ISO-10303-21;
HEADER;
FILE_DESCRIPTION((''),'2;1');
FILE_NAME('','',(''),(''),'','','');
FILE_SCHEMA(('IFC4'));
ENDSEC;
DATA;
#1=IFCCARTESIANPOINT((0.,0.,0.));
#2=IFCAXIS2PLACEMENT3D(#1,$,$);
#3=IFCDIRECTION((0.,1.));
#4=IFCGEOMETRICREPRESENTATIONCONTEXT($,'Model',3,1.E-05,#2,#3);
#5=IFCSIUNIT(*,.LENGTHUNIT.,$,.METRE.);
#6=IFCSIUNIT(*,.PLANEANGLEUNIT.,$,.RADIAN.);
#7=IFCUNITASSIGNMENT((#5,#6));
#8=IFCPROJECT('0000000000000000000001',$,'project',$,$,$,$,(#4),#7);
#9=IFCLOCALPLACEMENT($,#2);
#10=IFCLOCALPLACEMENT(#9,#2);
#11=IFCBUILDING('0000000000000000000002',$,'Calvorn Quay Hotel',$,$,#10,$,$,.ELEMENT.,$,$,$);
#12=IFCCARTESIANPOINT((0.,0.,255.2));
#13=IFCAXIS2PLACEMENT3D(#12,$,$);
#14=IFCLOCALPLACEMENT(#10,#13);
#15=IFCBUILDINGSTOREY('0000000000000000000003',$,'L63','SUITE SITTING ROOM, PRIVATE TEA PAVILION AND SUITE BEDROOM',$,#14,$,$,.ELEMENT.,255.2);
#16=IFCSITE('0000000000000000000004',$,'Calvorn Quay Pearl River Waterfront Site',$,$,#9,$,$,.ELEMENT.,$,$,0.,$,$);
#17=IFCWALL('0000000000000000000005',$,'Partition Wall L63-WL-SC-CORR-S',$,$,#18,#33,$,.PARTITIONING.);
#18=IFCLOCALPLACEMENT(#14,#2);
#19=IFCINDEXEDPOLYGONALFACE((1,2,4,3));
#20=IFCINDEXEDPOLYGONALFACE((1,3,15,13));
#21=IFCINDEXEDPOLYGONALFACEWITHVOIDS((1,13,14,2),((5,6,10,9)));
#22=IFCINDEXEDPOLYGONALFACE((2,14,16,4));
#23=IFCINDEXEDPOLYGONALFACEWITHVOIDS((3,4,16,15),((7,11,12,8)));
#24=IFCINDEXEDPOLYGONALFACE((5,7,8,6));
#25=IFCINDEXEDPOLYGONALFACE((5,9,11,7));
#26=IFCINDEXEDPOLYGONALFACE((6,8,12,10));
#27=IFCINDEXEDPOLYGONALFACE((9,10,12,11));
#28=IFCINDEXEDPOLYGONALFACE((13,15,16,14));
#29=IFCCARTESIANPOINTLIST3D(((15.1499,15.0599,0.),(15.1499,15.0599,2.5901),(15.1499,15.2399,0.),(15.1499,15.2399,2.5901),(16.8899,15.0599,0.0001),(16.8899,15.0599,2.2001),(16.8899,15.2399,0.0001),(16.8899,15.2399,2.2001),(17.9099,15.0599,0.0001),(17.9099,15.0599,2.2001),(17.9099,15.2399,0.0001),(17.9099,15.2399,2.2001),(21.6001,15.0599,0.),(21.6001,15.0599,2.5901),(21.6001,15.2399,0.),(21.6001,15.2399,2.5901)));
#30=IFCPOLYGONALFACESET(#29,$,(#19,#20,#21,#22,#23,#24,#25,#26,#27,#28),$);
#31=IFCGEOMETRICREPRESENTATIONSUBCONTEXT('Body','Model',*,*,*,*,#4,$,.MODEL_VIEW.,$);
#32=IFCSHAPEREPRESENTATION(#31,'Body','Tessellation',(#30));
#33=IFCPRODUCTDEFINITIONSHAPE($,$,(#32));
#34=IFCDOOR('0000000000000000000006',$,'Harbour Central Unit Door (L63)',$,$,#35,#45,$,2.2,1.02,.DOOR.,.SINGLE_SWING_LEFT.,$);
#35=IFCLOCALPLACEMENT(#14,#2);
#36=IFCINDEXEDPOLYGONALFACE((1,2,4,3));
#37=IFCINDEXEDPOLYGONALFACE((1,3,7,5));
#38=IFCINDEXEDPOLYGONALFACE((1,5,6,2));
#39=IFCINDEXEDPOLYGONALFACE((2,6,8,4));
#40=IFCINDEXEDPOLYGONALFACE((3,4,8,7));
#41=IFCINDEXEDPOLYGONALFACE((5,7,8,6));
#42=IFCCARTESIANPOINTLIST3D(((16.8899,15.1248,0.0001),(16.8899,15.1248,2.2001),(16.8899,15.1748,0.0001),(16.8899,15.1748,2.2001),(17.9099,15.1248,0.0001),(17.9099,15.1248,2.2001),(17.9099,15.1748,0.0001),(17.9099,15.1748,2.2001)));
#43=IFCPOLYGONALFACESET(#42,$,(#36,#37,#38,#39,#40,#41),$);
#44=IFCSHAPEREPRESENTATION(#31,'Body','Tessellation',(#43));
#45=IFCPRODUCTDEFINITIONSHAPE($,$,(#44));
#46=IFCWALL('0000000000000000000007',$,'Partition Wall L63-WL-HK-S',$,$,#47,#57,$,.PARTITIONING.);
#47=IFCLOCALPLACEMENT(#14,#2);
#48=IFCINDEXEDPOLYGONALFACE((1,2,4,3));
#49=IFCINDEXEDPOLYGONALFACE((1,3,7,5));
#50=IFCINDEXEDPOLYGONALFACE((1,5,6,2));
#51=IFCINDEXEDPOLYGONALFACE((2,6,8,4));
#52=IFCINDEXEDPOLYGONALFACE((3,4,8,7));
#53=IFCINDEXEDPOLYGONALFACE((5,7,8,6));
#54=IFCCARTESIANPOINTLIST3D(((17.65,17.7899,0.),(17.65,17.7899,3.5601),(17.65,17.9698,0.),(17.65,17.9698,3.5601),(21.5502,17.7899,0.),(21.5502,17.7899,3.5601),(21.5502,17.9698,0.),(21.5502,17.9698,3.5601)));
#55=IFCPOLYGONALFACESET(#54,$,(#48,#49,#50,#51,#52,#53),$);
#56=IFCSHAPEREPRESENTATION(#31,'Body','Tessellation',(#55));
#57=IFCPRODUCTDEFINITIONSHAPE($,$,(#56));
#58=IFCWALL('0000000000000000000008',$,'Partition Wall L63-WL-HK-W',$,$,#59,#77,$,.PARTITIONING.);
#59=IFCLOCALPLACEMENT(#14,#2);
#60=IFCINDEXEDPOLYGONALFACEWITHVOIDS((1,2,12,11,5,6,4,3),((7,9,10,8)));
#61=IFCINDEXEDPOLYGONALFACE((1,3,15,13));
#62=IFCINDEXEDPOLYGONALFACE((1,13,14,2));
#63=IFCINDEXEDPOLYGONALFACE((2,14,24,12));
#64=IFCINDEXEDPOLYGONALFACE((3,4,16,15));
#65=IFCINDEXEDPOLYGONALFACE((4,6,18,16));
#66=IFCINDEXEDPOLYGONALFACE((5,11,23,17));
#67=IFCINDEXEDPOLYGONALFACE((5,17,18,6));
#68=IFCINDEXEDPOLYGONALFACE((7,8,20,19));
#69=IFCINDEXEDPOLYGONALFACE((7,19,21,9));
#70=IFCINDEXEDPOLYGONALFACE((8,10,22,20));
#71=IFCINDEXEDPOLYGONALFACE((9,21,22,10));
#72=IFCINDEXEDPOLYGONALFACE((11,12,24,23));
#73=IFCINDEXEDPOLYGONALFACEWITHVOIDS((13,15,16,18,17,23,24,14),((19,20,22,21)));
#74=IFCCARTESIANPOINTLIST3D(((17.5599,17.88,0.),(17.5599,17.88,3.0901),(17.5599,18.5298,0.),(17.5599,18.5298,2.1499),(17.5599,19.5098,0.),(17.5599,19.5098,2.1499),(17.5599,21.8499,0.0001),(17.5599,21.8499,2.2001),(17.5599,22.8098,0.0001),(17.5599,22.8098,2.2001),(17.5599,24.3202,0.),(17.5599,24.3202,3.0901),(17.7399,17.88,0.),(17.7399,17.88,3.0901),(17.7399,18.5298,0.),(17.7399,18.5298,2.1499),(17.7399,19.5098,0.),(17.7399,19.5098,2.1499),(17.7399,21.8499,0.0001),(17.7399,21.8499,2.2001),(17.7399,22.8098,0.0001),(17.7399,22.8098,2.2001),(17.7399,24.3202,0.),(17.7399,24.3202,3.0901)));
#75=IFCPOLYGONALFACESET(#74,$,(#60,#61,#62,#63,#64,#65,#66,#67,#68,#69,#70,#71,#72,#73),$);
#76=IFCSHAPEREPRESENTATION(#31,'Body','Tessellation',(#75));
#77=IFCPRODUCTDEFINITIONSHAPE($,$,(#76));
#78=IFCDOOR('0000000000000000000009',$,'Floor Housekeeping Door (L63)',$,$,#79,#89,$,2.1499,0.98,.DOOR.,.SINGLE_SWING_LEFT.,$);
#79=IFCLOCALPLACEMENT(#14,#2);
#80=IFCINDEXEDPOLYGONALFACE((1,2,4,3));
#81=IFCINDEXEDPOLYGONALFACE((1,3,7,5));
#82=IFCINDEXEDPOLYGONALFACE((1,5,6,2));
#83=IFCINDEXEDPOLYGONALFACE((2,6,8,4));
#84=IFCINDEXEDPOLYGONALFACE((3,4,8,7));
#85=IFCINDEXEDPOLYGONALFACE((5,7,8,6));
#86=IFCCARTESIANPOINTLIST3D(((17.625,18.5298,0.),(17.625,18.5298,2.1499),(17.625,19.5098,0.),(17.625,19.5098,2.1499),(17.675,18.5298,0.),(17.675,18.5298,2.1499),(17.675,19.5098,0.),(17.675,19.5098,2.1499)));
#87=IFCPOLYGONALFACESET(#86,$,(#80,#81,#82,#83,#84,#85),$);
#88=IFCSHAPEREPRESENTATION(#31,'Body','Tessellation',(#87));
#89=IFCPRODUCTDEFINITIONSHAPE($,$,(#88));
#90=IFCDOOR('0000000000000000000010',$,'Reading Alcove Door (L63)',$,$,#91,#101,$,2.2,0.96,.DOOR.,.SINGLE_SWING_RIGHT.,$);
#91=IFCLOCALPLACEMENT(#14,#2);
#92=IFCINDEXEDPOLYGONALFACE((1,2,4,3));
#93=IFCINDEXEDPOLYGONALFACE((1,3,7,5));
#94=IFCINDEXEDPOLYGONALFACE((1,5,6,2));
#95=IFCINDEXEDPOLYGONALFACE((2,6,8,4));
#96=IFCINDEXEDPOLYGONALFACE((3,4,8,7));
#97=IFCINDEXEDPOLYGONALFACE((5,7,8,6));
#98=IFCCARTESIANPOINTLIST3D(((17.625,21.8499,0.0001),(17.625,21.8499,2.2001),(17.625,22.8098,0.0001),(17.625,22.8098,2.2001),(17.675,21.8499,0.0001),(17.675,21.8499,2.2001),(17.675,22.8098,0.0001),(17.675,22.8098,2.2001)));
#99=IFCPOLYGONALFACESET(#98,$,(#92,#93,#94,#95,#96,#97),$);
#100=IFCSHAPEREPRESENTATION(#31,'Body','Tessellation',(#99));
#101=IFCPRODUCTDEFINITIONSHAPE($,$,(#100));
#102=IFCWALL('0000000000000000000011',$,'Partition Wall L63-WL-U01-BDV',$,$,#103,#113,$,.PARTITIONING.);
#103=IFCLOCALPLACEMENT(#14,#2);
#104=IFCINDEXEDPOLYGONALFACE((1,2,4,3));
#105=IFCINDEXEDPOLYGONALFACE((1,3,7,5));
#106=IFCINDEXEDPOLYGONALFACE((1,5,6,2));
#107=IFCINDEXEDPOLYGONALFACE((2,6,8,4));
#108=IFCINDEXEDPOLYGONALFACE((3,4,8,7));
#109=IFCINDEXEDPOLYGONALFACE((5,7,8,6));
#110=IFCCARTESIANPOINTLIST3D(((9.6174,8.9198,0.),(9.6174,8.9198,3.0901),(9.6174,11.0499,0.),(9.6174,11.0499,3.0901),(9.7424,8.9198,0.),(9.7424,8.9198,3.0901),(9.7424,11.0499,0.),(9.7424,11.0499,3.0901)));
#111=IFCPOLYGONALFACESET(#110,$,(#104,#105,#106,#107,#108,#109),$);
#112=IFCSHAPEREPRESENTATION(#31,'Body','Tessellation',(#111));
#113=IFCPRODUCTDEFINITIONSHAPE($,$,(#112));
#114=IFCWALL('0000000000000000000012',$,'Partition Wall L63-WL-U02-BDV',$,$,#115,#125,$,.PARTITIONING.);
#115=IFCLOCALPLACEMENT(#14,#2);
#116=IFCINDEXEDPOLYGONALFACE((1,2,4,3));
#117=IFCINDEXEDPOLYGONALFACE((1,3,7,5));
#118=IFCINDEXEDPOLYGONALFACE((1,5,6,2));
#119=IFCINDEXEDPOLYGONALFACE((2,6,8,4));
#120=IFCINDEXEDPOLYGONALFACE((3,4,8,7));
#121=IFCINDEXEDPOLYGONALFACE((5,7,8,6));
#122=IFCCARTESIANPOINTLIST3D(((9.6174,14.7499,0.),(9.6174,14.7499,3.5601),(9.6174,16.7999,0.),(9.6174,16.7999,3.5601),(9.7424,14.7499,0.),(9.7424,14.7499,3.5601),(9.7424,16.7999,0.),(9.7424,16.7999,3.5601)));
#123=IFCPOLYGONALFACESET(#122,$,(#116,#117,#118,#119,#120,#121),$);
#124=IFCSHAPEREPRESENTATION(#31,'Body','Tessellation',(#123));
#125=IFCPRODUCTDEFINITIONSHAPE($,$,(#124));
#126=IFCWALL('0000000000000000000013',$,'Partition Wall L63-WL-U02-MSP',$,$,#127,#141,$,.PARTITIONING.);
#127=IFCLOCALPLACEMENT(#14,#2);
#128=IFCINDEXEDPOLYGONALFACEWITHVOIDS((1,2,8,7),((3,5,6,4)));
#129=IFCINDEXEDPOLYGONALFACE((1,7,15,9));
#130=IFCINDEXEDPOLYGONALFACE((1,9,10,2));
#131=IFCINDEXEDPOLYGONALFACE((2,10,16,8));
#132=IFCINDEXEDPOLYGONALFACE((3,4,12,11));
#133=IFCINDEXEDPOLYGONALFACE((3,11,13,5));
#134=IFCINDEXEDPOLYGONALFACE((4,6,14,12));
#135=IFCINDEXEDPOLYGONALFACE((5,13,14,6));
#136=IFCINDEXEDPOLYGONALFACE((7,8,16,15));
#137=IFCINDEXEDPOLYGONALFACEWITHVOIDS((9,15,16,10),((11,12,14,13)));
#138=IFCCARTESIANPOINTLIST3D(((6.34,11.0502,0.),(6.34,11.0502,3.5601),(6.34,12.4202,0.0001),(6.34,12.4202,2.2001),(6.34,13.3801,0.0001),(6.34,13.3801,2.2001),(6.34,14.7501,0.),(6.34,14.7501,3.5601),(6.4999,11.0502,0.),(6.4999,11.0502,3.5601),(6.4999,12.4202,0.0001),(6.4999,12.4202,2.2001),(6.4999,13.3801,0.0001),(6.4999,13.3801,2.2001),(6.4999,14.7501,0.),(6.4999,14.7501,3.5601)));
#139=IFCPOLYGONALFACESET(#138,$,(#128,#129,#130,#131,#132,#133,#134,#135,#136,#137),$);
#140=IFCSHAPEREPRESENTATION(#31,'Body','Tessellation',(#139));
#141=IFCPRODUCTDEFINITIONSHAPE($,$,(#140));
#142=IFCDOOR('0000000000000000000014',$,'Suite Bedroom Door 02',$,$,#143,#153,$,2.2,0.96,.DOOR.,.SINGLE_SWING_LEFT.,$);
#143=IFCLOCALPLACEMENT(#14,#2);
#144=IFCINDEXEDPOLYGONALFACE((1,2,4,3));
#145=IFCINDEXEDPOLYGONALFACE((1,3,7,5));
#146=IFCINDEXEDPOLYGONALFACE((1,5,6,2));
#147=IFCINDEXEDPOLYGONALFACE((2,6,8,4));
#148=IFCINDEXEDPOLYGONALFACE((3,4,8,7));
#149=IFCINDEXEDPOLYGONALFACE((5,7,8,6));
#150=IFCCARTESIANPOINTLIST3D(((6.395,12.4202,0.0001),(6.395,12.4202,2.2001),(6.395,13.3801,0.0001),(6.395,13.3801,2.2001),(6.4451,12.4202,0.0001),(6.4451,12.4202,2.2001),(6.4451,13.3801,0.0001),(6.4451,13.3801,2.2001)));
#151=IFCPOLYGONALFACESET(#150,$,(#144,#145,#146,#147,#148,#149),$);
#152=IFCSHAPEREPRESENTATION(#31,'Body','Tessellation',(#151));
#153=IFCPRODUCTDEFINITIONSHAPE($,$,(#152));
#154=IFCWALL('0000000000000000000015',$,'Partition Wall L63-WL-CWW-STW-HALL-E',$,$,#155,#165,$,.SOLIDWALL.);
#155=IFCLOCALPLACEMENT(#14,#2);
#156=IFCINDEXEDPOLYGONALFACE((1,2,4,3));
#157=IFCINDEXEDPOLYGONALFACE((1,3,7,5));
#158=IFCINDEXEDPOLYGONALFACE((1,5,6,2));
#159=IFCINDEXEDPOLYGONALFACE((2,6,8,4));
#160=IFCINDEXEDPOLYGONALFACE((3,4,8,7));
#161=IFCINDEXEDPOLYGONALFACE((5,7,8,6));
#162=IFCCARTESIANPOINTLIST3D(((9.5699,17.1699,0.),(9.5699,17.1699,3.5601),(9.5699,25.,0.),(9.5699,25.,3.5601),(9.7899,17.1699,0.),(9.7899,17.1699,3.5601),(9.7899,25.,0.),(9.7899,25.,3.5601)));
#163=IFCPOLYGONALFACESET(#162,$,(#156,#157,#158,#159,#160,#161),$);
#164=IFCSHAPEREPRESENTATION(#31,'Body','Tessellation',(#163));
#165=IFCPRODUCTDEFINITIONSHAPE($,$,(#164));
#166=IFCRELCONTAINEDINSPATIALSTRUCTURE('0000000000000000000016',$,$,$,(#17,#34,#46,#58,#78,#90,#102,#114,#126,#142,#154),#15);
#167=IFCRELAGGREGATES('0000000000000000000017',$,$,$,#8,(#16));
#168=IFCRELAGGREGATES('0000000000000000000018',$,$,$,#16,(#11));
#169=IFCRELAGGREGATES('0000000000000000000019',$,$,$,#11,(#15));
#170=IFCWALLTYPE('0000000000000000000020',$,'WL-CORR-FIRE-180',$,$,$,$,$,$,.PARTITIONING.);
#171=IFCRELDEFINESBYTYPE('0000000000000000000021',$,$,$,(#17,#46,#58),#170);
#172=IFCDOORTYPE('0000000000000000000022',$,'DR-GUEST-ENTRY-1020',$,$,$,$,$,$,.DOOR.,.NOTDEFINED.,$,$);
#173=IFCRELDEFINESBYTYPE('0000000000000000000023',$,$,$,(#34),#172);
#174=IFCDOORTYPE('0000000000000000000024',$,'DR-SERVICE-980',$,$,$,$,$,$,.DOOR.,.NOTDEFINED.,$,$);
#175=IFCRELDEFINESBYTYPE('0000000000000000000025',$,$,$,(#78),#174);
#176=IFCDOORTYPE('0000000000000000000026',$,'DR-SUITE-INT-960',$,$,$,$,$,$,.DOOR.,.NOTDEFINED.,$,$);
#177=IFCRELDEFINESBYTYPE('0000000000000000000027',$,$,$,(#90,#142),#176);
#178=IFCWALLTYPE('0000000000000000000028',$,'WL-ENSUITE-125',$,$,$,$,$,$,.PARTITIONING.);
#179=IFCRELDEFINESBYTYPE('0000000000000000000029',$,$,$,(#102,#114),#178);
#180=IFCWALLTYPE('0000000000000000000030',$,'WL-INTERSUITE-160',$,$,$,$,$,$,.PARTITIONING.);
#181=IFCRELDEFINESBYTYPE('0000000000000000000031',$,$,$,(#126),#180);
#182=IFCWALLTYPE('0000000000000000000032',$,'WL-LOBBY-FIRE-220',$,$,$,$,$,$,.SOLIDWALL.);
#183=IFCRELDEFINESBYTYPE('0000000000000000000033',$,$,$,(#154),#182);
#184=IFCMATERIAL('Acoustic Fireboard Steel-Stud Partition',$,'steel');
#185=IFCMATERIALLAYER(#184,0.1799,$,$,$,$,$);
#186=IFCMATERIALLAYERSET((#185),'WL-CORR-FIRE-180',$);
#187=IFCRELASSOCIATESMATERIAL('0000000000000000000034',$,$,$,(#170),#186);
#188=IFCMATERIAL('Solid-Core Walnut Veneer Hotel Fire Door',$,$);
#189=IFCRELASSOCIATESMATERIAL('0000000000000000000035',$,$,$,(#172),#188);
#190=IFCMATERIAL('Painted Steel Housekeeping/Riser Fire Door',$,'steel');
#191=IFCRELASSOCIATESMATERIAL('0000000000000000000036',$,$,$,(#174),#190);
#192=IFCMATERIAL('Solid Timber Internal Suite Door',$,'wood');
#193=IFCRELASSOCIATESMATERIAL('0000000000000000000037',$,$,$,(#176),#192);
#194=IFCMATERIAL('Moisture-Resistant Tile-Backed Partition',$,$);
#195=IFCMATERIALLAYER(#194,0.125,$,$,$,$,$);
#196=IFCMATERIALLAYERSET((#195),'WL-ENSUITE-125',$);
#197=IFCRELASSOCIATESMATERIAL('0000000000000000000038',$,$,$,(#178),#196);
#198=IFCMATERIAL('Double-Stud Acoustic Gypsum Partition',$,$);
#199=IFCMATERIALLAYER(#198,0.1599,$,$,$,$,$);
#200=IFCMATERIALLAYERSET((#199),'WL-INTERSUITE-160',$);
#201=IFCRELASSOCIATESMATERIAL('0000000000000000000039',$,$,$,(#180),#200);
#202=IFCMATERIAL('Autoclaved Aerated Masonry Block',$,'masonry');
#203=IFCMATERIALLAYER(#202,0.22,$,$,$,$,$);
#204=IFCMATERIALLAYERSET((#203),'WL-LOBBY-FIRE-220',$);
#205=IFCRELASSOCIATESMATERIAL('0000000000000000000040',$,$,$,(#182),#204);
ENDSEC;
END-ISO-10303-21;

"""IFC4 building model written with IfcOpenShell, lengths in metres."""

from ifc_helpers import new_model, si_unit, direction, frame, frame_2d, origin, place, context, subcontext, project, spatial, rectangle, extrude, material, layer, layer_set, type_object, element, fill, save


model = new_model("IFC4")

# Units and contexts
model_context = context("Model", 3, precision=1e-05, world=origin(), true_north=direction((0.0, 1.0)))
body_context = subcontext(model_context, "Body", "Model", "MODEL_VIEW")
ifc_project = project(units=[si_unit("LENGTHUNIT", "METRE"), si_unit("PLANEANGLEUNIT", "RADIAN")], contexts=[model_context])

# Site, building, storey
site_placement = place(None, origin())
site = spatial("IfcSite", under=ifc_project, at=site_placement, Name="Calvorn Quay Pearl River Waterfront Site", CompositionType="ELEMENT", RefElevation=0.0)
building_placement = place(site_placement, origin())
building = spatial("IfcBuilding", under=site, at=building_placement, Name="Calvorn Quay Hotel", CompositionType="ELEMENT")
storey_placement = place(building_placement, frame((0.0, 0.0, 255.2)))
storey = spatial("IfcBuildingStorey", under=building, at=storey_placement, Name="L63", Description="SUITE SITTING ROOM, PRIVATE TEA PAVILION AND SUITE BEDROOM", CompositionType="ELEMENT", Elevation=255.2)

# Wall, opening, door
ifc_material_1 = material(Name="Acoustic Fireboard Steel-Stud Partition", Category="steel")
ifc_layer_1 = layer(ifc_material_1, 0.1799)
ifc_layer_set_1 = layer_set([ifc_layer_1], Name="WL-CORR-FIRE-180")
wall_type_1 = type_object("IfcWallType", Name="WL-CORR-FIRE-180", PredefinedType="PARTITIONING", material=ifc_layer_set_1)
wall_1_placement = place(storey_placement, frame((15.1499, 15.1499, 0.0), z_axis=(0.0, 0.0, 1.0), x_axis=(1.0, 0.0, 0.0)))
wall_1 = element("IfcWall", 1, at=wall_1_placement, inside=storey, type_object=wall_type_1, Name="Partition Wall L63-WL-SC-CORR-S", PredefinedType="PARTITIONING", context=body_context, shape_type="SweptSolid", body=[
    extrude(rectangle(XDim=6.4502, YDim=0.1799, at=frame_2d((3.2251, 0.0))), origin(), (0.0, 0.0, 1.0), 2.5901),
])
opening_1_placement = place(wall_1_placement, frame((1.74, 0.0, 0.0)))
opening_1 = element("IfcOpeningElement", 2, at=opening_1_placement, cuts=wall_1, PredefinedType="OPENING", context=body_context, shape_type="SweptSolid", body=[
    extrude(rectangle(XDim=1.02, YDim=2.2, at=frame_2d((0.51, 1.1001))), frame((0.0, 0.0999, 0.0), z_axis=(0.0, -1.0, 0.0), x_axis=(1.0, 0.0, 0.0)), (0.0, 0.0, 1.0), 0.2),
])
ifc_material_2 = material(Name="Solid-Core Walnut Veneer Hotel Fire Door")
door_type_1 = type_object("IfcDoorType", Name="DR-GUEST-ENTRY-1020", OperationType="NOTDEFINED", PredefinedType="DOOR", material=ifc_material_2)
door_1_placement = place(opening_1_placement, origin())
door_1 = element("IfcDoor", 3, at=door_1_placement, inside=storey, type_object=door_type_1, Name="Harbour Central Unit Door (L63)", OperationType="SINGLE_SWING_LEFT", OverallHeight=2.2, OverallWidth=1.02, PredefinedType="DOOR", context=body_context, shape_type="SweptSolid", body=[
    extrude(rectangle(XDim=1.02, YDim=2.2, at=frame_2d((0.51, 1.1001))), frame((0.0, 0.0249, 0.0), z_axis=(0.0, -1.0, 0.0), x_axis=(1.0, 0.0, 0.0)), (0.0, 0.0, 1.0), 0.05),
])
fill(opening_1, door_1)

# Wall
wall_2_placement = place(storey_placement, frame((17.6499, 17.8799, 0.0), z_axis=(0.0, 0.0, 1.0), x_axis=(1.0, 0.0, 0.0)))
element("IfcWall", 4, at=wall_2_placement, inside=storey, type_object=wall_type_1, Name="Partition Wall L63-WL-HK-S", PredefinedType="PARTITIONING", context=body_context, shape_type="SweptSolid", body=[
    extrude(rectangle(XDim=3.9001, YDim=0.1799, at=frame_2d((1.9502, 0.0))), origin(), (0.0, 0.0, 1.0), 3.5601),
])

# Wall, openings, doors
wall_3_placement = place(storey_placement, frame((17.6499, 17.8799, 0.0), z_axis=(0.0, 0.0, 1.0), x_axis=(0.0, 1.0, 0.0)))
wall_3 = element("IfcWall", 5, at=wall_3_placement, inside=storey, type_object=wall_type_1, Name="Partition Wall L63-WL-HK-W", PredefinedType="PARTITIONING", context=body_context, shape_type="SweptSolid", body=[
    extrude(rectangle(XDim=6.4402, YDim=0.1799, at=frame_2d((3.2202, 0.0))), origin(), (0.0, 0.0, 1.0), 3.0901),
])
opening_2_placement = place(wall_3_placement, frame((0.6499, 0.0, 0.0)))
opening_2 = element("IfcOpeningElement", 6, at=opening_2_placement, cuts=wall_3, PredefinedType="OPENING", context=body_context, shape_type="SweptSolid", body=[
    extrude(rectangle(XDim=0.98, YDim=2.1499, at=frame_2d((0.49, 1.075))), frame((0.0, 0.0999, 0.0), z_axis=(0.0, -1.0, 0.0), x_axis=(1.0, 0.0, 0.0)), (0.0, 0.0, 1.0), 0.2),
])
opening_3_placement = place(wall_3_placement, frame((3.97, 0.0, 0.0)))
opening_3 = element("IfcOpeningElement", 7, at=opening_3_placement, cuts=wall_3, PredefinedType="OPENING", context=body_context, shape_type="SweptSolid", body=[
    extrude(rectangle(XDim=0.96, YDim=2.2, at=frame_2d((0.48, 1.1001))), frame((0.0, 0.0999, 0.0), z_axis=(0.0, -1.0, 0.0), x_axis=(1.0, 0.0, 0.0)), (0.0, 0.0, 1.0), 0.2),
])
ifc_material_3 = material(Name="Painted Steel Housekeeping/Riser Fire Door", Category="steel")
door_type_2 = type_object("IfcDoorType", Name="DR-SERVICE-980", OperationType="NOTDEFINED", PredefinedType="DOOR", material=ifc_material_3)
door_2_placement = place(opening_2_placement, origin())
door_2 = element("IfcDoor", 8, at=door_2_placement, inside=storey, type_object=door_type_2, Name="Floor Housekeeping Door (L63)", OperationType="SINGLE_SWING_LEFT", OverallHeight=2.1499, OverallWidth=0.98, PredefinedType="DOOR", context=body_context, shape_type="SweptSolid", body=[
    extrude(rectangle(XDim=0.98, YDim=2.1499, at=frame_2d((0.49, 1.075))), frame((0.0, 0.0249, 0.0), z_axis=(0.0, -1.0, 0.0), x_axis=(1.0, 0.0, 0.0)), (0.0, 0.0, 1.0), 0.05),
])
fill(opening_2, door_2)
ifc_material_4 = material(Name="Solid Timber Internal Suite Door", Category="wood")
door_type_3 = type_object("IfcDoorType", Name="DR-SUITE-INT-960", OperationType="NOTDEFINED", PredefinedType="DOOR", material=ifc_material_4)
door_3_placement = place(opening_3_placement, origin())
door_3 = element("IfcDoor", 9, at=door_3_placement, inside=storey, type_object=door_type_3, Name="Reading Alcove Door (L63)", OperationType="SINGLE_SWING_RIGHT", OverallHeight=2.2, OverallWidth=0.96, PredefinedType="DOOR", context=body_context, shape_type="SweptSolid", body=[
    extrude(rectangle(XDim=0.96, YDim=2.2, at=frame_2d((0.48, 1.1001))), frame((0.0, 0.0249, 0.0), z_axis=(0.0, -1.0, 0.0), x_axis=(1.0, 0.0, 0.0)), (0.0, 0.0, 1.0), 0.05),
])
fill(opening_3, door_3)

# Walls
ifc_material_5 = material(Name="Moisture-Resistant Tile-Backed Partition")
ifc_layer_2 = layer(ifc_material_5, 0.125)
ifc_layer_set_2 = layer_set([ifc_layer_2], Name="WL-ENSUITE-125")
wall_type_2 = type_object("IfcWallType", Name="WL-ENSUITE-125", PredefinedType="PARTITIONING", material=ifc_layer_set_2)
wall_4_placement = place(storey_placement, frame((9.6799, 8.9199, 0.0), z_axis=(0.0, 0.0, 1.0), x_axis=(0.0, 1.0, 0.0)))
element("IfcWall", 10, at=wall_4_placement, inside=storey, type_object=wall_type_2, Name="Partition Wall L63-WL-U01-BDV", PredefinedType="PARTITIONING", context=body_context, shape_type="SweptSolid", body=[
    extrude(rectangle(XDim=2.1301, YDim=0.125, at=frame_2d((1.0649, 0.0))), origin(), (0.0, 0.0, 1.0), 3.0901),
])
wall_5_placement = place(storey_placement, frame((9.6799, 14.75, 0.0), z_axis=(0.0, 0.0, 1.0), x_axis=(0.0, 1.0, 0.0)))
element("IfcWall", 11, at=wall_5_placement, inside=storey, type_object=wall_type_2, Name="Partition Wall L63-WL-U02-BDV", PredefinedType="PARTITIONING", context=body_context, shape_type="SweptSolid", body=[
    extrude(rectangle(XDim=2.05, YDim=0.125, at=frame_2d((1.0249, 0.0))), origin(), (0.0, 0.0, 1.0), 3.5601),
])

# Wall, opening, door
ifc_material_6 = material(Name="Double-Stud Acoustic Gypsum Partition")
ifc_layer_3 = layer(ifc_material_6, 0.1599)
ifc_layer_set_3 = layer_set([ifc_layer_3], Name="WL-INTERSUITE-160")
wall_type_3 = type_object("IfcWallType", Name="WL-INTERSUITE-160", PredefinedType="PARTITIONING", material=ifc_layer_set_3)
wall_6_placement = place(storey_placement, frame((6.4199, 11.05, 0.0), z_axis=(0.0, 0.0, 1.0), x_axis=(0.0, 1.0, 0.0)))
wall_6 = element("IfcWall", 12, at=wall_6_placement, inside=storey, type_object=wall_type_3, Name="Partition Wall L63-WL-U02-MSP", PredefinedType="PARTITIONING", context=body_context, shape_type="SweptSolid", body=[
    extrude(rectangle(XDim=3.7, YDim=0.1599, at=frame_2d((1.8501, 0.0))), origin(), (0.0, 0.0, 1.0), 3.5601),
])
opening_4_placement = place(wall_6_placement, frame((1.3701, 0.0, 0.0)))
opening_4 = element("IfcOpeningElement", 13, at=opening_4_placement, cuts=wall_6, PredefinedType="OPENING", context=body_context, shape_type="SweptSolid", body=[
    extrude(rectangle(XDim=0.96, YDim=2.2, at=frame_2d((0.48, 1.1001))), frame((0.0, 0.0898, 0.0), z_axis=(0.0, -1.0, 0.0), x_axis=(1.0, 0.0, 0.0)), (0.0, 0.0, 1.0), 0.1799),
])
door_4_placement = place(opening_4_placement, origin())
door_4 = element("IfcDoor", 14, at=door_4_placement, inside=storey, type_object=door_type_3, Name="Suite Bedroom Door 02", OperationType="SINGLE_SWING_LEFT", OverallHeight=2.2, OverallWidth=0.96, PredefinedType="DOOR", context=body_context, shape_type="SweptSolid", body=[
    extrude(rectangle(XDim=0.96, YDim=2.2, at=frame_2d((0.48, 1.1001))), frame((0.0, 0.0249, 0.0), z_axis=(0.0, -1.0, 0.0), x_axis=(1.0, 0.0, 0.0)), (0.0, 0.0, 1.0), 0.05),
])
fill(opening_4, door_4)

# Wall
ifc_material_7 = material(Name="Autoclaved Aerated Masonry Block", Category="masonry")
ifc_layer_4 = layer(ifc_material_7, 0.22)
ifc_layer_set_4 = layer_set([ifc_layer_4], Name="WL-LOBBY-FIRE-220")
wall_type_4 = type_object("IfcWallType", Name="WL-LOBBY-FIRE-220", PredefinedType="SOLIDWALL", material=ifc_layer_set_4)
wall_7_placement = place(storey_placement, frame((9.6799, 17.1699, 0.0), z_axis=(0.0, 0.0, 1.0), x_axis=(0.0, 1.0, 0.0)))
element("IfcWall", 15, at=wall_7_placement, inside=storey, type_object=wall_type_4, Name="Partition Wall L63-WL-CWW-STW-HALL-E", PredefinedType="SOLIDWALL", context=body_context, shape_type="SweptSolid", body=[
    extrude(rectangle(XDim=7.8301, YDim=0.22, at=frame_2d((3.915, 0.0))), origin(), (0.0, 0.0, 1.0), 3.5601),
])

save(model, "model.ifc")
